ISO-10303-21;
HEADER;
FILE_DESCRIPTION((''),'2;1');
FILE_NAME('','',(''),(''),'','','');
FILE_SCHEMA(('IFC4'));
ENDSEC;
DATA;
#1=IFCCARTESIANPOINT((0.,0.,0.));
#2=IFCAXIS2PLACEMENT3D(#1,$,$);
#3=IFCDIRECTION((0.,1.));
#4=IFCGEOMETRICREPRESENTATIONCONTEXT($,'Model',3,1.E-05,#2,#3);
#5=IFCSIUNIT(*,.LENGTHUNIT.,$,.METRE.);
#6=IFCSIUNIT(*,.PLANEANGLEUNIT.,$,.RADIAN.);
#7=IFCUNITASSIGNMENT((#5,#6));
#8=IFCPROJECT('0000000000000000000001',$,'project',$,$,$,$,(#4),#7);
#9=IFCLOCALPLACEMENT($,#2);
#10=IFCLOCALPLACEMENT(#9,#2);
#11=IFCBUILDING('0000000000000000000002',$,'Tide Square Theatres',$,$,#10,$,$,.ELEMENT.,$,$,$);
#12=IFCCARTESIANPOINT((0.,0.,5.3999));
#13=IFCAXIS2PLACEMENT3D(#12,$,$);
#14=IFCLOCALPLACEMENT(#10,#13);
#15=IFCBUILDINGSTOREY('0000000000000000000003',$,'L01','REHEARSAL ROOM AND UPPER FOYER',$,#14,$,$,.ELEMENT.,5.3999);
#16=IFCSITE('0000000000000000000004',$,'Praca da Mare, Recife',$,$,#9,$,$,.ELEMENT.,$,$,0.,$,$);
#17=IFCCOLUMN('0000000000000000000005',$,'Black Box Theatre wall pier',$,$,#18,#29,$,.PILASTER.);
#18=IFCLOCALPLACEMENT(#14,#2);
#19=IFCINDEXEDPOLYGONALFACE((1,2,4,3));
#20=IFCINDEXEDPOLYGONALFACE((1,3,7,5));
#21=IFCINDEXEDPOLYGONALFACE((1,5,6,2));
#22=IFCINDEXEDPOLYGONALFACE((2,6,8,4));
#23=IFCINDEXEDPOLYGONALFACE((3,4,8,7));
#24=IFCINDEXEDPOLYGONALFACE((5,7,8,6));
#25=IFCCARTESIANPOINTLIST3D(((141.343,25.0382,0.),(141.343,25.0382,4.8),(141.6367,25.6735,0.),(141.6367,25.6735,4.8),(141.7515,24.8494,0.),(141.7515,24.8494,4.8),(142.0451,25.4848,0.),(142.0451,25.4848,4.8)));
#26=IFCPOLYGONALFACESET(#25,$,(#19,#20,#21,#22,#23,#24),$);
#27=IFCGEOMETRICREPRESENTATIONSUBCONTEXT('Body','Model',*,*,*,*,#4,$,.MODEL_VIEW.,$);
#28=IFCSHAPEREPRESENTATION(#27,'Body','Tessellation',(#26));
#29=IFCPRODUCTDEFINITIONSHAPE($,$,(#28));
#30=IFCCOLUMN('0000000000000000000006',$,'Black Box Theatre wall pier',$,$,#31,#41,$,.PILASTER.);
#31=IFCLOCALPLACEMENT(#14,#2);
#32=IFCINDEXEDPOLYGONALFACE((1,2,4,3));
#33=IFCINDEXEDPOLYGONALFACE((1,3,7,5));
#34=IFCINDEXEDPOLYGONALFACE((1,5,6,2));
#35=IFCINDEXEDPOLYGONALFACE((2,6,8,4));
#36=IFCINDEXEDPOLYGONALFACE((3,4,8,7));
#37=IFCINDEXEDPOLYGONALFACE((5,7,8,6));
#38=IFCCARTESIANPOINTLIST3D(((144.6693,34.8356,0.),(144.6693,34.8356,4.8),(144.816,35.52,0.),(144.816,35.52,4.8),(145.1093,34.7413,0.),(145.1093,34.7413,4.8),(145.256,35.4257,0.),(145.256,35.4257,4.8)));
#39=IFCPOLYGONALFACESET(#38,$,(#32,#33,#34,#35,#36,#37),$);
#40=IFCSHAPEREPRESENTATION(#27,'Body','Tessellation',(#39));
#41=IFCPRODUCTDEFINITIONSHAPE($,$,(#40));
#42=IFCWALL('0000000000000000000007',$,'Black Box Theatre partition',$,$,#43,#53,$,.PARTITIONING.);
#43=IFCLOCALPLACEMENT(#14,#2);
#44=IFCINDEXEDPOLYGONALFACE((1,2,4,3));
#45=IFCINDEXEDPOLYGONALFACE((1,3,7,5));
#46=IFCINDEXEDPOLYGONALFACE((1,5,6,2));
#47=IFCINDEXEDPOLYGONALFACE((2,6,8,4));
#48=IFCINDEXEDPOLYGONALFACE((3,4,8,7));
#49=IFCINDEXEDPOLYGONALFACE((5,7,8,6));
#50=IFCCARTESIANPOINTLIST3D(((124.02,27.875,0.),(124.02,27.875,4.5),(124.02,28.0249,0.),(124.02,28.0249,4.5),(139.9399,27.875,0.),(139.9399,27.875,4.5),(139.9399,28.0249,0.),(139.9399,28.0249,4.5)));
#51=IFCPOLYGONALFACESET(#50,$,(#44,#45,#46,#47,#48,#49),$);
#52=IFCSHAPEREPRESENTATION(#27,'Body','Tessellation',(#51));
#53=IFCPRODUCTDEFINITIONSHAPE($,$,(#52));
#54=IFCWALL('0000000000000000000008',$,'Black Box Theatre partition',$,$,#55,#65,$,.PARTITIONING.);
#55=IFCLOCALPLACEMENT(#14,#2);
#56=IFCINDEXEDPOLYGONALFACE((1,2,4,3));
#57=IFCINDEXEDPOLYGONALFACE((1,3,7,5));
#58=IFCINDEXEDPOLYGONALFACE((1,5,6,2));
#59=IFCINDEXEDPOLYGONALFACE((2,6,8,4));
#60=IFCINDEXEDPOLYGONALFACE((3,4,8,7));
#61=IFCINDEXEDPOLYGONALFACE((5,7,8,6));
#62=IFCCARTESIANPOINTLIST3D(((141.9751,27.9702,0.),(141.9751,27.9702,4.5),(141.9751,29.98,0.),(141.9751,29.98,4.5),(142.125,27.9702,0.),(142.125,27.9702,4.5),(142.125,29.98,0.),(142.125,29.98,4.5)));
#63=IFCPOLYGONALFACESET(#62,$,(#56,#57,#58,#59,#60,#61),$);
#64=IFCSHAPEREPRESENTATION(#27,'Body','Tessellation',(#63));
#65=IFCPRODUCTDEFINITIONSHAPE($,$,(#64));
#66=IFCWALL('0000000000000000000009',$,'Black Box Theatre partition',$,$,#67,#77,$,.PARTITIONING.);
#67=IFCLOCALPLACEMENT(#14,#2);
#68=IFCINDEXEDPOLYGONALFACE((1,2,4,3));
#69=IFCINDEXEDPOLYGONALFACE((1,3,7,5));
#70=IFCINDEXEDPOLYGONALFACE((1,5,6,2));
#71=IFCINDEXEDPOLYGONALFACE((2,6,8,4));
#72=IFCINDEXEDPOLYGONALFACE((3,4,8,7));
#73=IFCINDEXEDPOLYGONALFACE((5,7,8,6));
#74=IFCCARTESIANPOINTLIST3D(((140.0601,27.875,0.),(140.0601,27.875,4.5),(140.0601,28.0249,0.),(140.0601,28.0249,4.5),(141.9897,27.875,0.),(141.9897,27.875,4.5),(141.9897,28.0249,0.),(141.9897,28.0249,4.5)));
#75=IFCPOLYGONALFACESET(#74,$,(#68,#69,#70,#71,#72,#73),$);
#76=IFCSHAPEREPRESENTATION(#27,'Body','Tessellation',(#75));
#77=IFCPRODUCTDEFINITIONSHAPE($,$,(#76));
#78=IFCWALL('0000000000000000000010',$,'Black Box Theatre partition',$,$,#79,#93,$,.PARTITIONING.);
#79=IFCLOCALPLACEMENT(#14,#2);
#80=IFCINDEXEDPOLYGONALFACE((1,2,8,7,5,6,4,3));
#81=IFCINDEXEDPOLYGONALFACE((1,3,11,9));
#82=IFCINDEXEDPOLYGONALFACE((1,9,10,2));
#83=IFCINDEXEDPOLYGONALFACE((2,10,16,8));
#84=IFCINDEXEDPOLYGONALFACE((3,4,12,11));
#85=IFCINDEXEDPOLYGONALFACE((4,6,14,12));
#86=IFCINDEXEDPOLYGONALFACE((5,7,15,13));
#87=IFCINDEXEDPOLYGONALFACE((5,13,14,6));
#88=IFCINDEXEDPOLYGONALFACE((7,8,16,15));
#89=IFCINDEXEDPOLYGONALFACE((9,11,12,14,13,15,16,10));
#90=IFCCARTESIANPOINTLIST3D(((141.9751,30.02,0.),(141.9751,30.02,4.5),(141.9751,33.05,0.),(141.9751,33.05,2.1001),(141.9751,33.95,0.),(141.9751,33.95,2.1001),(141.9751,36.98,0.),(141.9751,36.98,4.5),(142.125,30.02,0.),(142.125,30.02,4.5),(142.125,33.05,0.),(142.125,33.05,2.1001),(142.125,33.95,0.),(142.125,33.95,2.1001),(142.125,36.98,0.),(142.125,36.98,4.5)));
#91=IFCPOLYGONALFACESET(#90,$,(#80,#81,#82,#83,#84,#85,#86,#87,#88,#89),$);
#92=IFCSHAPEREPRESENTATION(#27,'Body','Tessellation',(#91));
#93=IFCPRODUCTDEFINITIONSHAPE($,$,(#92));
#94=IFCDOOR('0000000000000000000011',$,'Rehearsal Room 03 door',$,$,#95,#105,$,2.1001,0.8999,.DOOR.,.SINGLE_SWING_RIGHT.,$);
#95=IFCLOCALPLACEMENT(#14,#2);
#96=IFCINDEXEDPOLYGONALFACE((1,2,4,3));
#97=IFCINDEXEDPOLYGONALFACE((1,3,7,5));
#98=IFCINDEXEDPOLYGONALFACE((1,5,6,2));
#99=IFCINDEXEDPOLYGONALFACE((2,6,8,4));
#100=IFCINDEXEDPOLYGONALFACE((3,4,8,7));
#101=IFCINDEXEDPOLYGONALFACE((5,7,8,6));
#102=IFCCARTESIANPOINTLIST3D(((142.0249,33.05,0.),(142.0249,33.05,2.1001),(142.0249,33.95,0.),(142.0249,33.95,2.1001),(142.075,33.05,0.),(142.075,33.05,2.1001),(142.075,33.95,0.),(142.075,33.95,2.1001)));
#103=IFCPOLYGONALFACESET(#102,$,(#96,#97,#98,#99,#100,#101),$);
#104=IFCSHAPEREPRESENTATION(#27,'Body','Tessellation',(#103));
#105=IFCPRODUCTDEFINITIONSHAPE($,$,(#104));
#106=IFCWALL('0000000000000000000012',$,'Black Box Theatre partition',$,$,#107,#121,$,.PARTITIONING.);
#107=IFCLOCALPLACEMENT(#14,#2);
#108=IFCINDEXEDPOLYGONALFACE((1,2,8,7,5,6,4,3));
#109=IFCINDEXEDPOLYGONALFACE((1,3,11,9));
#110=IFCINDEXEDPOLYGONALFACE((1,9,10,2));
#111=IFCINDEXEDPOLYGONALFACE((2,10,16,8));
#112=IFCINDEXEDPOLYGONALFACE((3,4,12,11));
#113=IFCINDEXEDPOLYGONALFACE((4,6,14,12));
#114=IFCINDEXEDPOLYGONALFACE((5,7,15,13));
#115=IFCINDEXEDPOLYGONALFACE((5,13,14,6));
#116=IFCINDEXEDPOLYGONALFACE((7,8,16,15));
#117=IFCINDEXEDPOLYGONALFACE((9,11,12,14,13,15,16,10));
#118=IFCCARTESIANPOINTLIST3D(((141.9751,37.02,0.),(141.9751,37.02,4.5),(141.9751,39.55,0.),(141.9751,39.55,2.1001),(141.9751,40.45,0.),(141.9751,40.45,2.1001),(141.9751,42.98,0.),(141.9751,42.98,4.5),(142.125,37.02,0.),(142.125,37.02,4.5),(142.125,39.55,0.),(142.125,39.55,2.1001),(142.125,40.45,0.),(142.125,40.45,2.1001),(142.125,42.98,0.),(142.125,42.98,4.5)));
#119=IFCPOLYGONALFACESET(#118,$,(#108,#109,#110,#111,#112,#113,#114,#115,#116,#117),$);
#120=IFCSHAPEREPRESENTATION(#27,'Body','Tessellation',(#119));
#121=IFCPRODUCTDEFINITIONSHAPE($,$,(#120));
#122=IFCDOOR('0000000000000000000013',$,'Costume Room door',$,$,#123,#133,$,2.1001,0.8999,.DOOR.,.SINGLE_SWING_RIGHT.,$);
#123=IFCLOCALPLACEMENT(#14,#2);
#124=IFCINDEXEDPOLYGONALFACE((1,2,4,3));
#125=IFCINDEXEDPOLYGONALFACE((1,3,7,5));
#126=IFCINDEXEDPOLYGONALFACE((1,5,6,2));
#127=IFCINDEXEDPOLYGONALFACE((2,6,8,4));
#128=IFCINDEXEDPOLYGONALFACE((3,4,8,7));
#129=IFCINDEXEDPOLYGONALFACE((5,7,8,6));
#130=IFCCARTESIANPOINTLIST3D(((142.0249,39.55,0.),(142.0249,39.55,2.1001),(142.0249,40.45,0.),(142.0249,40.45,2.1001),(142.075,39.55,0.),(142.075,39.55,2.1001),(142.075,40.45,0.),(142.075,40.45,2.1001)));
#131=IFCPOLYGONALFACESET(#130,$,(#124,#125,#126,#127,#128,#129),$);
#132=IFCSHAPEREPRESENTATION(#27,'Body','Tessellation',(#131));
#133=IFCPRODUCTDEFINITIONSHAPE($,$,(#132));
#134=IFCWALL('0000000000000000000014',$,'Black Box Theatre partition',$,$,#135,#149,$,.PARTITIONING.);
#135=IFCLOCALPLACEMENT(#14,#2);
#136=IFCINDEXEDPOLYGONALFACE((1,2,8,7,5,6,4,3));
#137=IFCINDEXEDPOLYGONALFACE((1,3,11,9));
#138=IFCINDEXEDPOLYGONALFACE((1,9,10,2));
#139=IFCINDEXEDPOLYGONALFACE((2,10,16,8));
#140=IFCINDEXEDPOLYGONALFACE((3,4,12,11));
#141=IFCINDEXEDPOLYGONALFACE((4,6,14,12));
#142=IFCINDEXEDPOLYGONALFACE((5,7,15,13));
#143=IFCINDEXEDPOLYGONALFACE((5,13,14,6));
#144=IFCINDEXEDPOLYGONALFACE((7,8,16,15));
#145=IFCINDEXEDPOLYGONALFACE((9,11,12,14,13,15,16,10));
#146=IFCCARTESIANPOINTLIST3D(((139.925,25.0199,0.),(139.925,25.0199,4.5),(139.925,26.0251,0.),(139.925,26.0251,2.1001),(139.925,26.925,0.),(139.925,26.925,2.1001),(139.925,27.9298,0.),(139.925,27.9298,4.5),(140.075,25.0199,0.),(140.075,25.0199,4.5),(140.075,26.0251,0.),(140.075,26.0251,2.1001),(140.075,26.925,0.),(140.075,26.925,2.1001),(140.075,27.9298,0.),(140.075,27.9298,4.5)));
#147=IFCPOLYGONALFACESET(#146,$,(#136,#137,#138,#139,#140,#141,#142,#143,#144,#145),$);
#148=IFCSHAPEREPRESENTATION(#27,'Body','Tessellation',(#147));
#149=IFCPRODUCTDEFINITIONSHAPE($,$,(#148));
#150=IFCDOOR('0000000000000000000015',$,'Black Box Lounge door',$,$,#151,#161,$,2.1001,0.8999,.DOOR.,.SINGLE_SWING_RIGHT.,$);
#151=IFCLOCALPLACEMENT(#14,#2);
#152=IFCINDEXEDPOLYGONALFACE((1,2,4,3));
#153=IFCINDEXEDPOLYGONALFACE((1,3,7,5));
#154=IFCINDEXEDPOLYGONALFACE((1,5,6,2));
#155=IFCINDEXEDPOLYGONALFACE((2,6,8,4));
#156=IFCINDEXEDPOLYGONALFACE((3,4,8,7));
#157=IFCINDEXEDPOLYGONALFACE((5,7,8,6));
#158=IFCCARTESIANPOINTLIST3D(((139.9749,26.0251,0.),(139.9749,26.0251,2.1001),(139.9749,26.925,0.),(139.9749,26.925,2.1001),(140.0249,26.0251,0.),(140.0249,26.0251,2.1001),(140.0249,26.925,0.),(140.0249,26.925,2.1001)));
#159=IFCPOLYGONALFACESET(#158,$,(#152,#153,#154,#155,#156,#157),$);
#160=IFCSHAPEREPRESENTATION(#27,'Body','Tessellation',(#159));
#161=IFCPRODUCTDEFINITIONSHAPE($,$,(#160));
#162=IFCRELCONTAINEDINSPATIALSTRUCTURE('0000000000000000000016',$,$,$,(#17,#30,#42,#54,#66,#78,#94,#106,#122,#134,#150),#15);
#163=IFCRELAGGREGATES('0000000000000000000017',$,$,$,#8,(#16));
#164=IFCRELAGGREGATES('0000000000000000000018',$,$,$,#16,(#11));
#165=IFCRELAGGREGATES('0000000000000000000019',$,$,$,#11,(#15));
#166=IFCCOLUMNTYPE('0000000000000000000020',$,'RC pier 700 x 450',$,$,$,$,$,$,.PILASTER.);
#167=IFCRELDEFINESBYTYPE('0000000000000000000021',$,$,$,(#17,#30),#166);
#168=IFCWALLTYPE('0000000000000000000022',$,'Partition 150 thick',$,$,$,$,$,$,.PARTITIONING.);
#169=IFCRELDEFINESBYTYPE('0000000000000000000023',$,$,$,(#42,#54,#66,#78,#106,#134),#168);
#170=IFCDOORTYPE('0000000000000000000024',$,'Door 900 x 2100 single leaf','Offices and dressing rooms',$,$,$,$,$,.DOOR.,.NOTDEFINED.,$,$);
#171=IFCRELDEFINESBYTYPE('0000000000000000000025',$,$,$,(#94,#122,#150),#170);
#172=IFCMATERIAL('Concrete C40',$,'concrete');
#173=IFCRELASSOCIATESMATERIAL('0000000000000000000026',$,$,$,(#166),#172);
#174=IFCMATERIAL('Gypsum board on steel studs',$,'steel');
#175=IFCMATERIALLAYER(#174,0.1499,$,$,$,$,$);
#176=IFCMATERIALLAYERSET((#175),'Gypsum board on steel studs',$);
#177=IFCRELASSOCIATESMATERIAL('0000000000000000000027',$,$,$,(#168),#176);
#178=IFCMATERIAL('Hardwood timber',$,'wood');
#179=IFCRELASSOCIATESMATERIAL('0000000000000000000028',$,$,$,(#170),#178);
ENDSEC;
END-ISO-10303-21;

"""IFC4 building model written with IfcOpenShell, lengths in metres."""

from ifc_helpers import new_model, si_unit, direction, frame, frame_2d, origin, origin_2d, place, context, subcontext, project, spatial, rectangle, extrude, material, layer, layer_set, material_profile, profile_set, type_object, element, fill, save


model = new_model("IFC4")

# Units and contexts
model_context = context("Model", 3, precision=1e-05, world=origin(), true_north=direction((0.0, 1.0)))
body_context = subcontext(model_context, "Body", "Model", "MODEL_VIEW")
ifc_project = project(units=[si_unit("LENGTHUNIT", "METRE"), si_unit("PLANEANGLEUNIT", "RADIAN")], contexts=[model_context])

# Site, building, storey
site_placement = place(None, origin())
site = spatial("IfcSite", under=ifc_project, at=site_placement, Name="Praca da Mare, Recife", CompositionType="ELEMENT", RefElevation=0.0)
building_placement = place(site_placement, origin())
building = spatial("IfcBuilding", under=site, at=building_placement, Name="Tide Square Theatres", CompositionType="ELEMENT")
storey_placement = place(building_placement, frame((0.0, 0.0, 5.3999)))
storey = spatial("IfcBuildingStorey", under=building, at=storey_placement, Name="L01", Description="REHEARSAL ROOM AND UPPER FOYER", CompositionType="ELEMENT", Elevation=5.3999)

# Columns
ifc_material_1 = material(Name="Concrete C40", Category="concrete")
ifc_material_profile = material_profile(ifc_material_1, rectangle(XDim=0.7, YDim=0.45, at=origin_2d()))
ifc_profile_set = profile_set([ifc_material_profile], Name="Concrete C40")
column_type = type_object("IfcColumnType", Name="RC pier 700 x 450", PredefinedType="PILASTER", material=ifc_profile_set)
for number, where, z_axis, x_axis, name in (
    (1, (141.6941, 25.2615, 0.0), (0.0, 0.0, 1.0), (0.41956, 0.907728, 0.0), "Black Box Theatre wall pier"),
    (2, (144.9626, 35.1306, 0.0), (0.0, 0.0, 1.0), (0.209561, 0.977796, 0.0), "Black Box Theatre wall pier"),
):
    element("IfcColumn", number, at=place(storey_placement, frame(where, z_axis=z_axis, x_axis=x_axis)), inside=storey, type_object=column_type, Name=name, PredefinedType="PILASTER", context=body_context, shape_type="SweptSolid", body=[
        extrude(rectangle(XDim=0.7, YDim=0.45, at=origin_2d()), origin(), (0.0, 0.0, 1.0), 4.8),
    ])

# Walls
ifc_material_2 = material(Name="Gypsum board on steel studs", Category="steel")
ifc_layer_1 = layer(ifc_material_2, 0.1499)
ifc_layer_set_1 = layer_set([ifc_layer_1], Name="Gypsum board on steel studs")
wall_type_1 = type_object("IfcWallType", Name="Partition 150 thick", PredefinedType="PARTITIONING", material=ifc_layer_set_1)
wall_1_placement = place(storey_placement, frame((139.9399, 27.95, 0.0), z_axis=(0.0, 0.0, 1.0), x_axis=(-1.0, 0.0, 0.0)))
element("IfcWall", 3, at=wall_1_placement, inside=storey, type_object=wall_type_1, Name="Black Box Theatre partition", PredefinedType="PARTITIONING", context=body_context, shape_type="SweptSolid", body=[
    extrude(rectangle(XDim=15.9199, YDim=0.1499, at=frame_2d((7.96, 0.0))), origin(), (0.0, 0.0, 1.0), 4.5),
])
wall_2_placement = place(storey_placement, frame((142.05, 29.98, 0.0), z_axis=(0.0, 0.0, 1.0), x_axis=(0.0, -1.0, 0.0)))
element("IfcWall", 4, at=wall_2_placement, inside=storey, type_object=wall_type_1, Name="Black Box Theatre partition", PredefinedType="PARTITIONING", context=body_context, shape_type="SweptSolid", body=[
    extrude(rectangle(XDim=2.0098, YDim=0.1499, at=frame_2d((1.0049, 0.0))), origin(), (0.0, 0.0, 1.0), 4.5),
])
wall_3_placement = place(storey_placement, frame((141.9897, 27.95, 0.0), z_axis=(0.0, 0.0, 1.0), x_axis=(-1.0, 0.0, 0.0)))
element("IfcWall", 5, at=wall_3_placement, inside=storey, type_object=wall_type_1, Name="Black Box Theatre partition", PredefinedType="PARTITIONING", context=body_context, shape_type="SweptSolid", body=[
    extrude(rectangle(XDim=1.9297, YDim=0.1499, at=frame_2d((0.9648, 0.0))), origin(), (0.0, 0.0, 1.0), 4.5),
])

# Walls, openings, doors
wall_4_placement = place(storey_placement, frame((142.05, 36.98, 0.0), z_axis=(0.0, 0.0, 1.0), x_axis=(0.0, -1.0, 0.0)))
wall_4 = element("IfcWall", 6, at=wall_4_placement, inside=storey, type_object=wall_type_1, Name="Black Box Theatre partition", PredefinedType="PARTITIONING", context=body_context, shape_type="SweptSolid", body=[
    extrude(rectangle(XDim=6.96, YDim=0.1499, at=frame_2d((3.48, 0.0))), origin(), (0.0, 0.0, 1.0), 4.5),
])
opening_1_placement = place(wall_4_placement, frame((3.03, 0.0, 0.0)))
opening_1 = element("IfcOpeningElement", 7, at=opening_1_placement, cuts=wall_4, PredefinedType="OPENING", context=body_context, shape_type="SweptSolid", body=[
    extrude(rectangle(XDim=0.8999, YDim=2.1001, at=frame_2d((0.45, 1.05))), frame((0.0, 0.085, 0.0), z_axis=(0.0, -1.0, 0.0), x_axis=(1.0, 0.0, 0.0)), (0.0, 0.0, 1.0), 0.1699),
])
ifc_material_3 = material(Name="Hardwood timber", Category="wood")
door_type = type_object("IfcDoorType", Name="Door 900 x 2100 single leaf", Description="Offices and dressing rooms", OperationType="NOTDEFINED", PredefinedType="DOOR", material=ifc_material_3)
door_1_placement = place(opening_1_placement, origin())
door_1 = element("IfcDoor", 8, at=door_1_placement, inside=storey, type_object=door_type, Name="Rehearsal Room 03 door", OperationType="SINGLE_SWING_RIGHT", OverallHeight=2.1001, OverallWidth=0.8999, PredefinedType="DOOR", context=body_context, shape_type="SweptSolid", body=[
    extrude(rectangle(XDim=0.8999, YDim=2.1001, at=frame_2d((0.45, 1.05))), frame((0.0, 0.0249, 0.0), z_axis=(0.0, -1.0, 0.0), x_axis=(1.0, 0.0, 0.0)), (0.0, 0.0, 1.0), 0.05),
])
fill(opening_1, door_1)
wall_5_placement = place(storey_placement, frame((142.05, 42.98, 0.0), z_axis=(0.0, 0.0, 1.0), x_axis=(0.0, -1.0, 0.0)))
wall_5 = element("IfcWall", 9, at=wall_5_placement, inside=storey, type_object=wall_type_1, Name="Black Box Theatre partition", PredefinedType="PARTITIONING", context=body_context, shape_type="SweptSolid", body=[
    extrude(rectangle(XDim=5.96, YDim=0.1499, at=frame_2d((2.98, 0.0))), origin(), (0.0, 0.0, 1.0), 4.5),
])
opening_2_placement = place(wall_5_placement, frame((2.53, 0.0, 0.0)))
opening_2 = element("IfcOpeningElement", 10, at=opening_2_placement, cuts=wall_5, PredefinedType="OPENING", context=body_context, shape_type="SweptSolid", body=[
    extrude(rectangle(XDim=0.8999, YDim=2.1001, at=frame_2d((0.45, 1.05))), frame((0.0, 0.085, 0.0), z_axis=(0.0, -1.0, 0.0), x_axis=(1.0, 0.0, 0.0)), (0.0, 0.0, 1.0), 0.1699),
])
door_2_placement = place(opening_2_placement, origin())
door_2 = element("IfcDoor", 11, at=door_2_placement, inside=storey, type_object=door_type, Name="Costume Room door", OperationType="SINGLE_SWING_RIGHT", OverallHeight=2.1001, OverallWidth=0.8999, PredefinedType="DOOR", context=body_context, shape_type="SweptSolid", body=[
    extrude(rectangle(XDim=0.8999, YDim=2.1001, at=frame_2d((0.45, 1.05))), frame((0.0, 0.0249, 0.0), z_axis=(0.0, -1.0, 0.0), x_axis=(1.0, 0.0, 0.0)), (0.0, 0.0, 1.0), 0.05),
])
fill(opening_2, door_2)
wall_6_placement = place(storey_placement, frame((140.0, 27.9299, 0.0), z_axis=(0.0, 0.0, 1.0), x_axis=(0.0, -1.0, 0.0)))
wall_6 = element("IfcWall", 12, at=wall_6_placement, inside=storey, type_object=wall_type_1, Name="Black Box Theatre partition", PredefinedType="PARTITIONING", context=body_context, shape_type="SweptSolid", body=[
    extrude(rectangle(XDim=2.9099, YDim=0.1499, at=frame_2d((1.4551, 0.0))), origin(), (0.0, 0.0, 1.0), 4.5),
])
opening_3_placement = place(wall_6_placement, frame((1.0049, 0.0, 0.0)))
opening_3 = element("IfcOpeningElement", 13, at=opening_3_placement, cuts=wall_6, PredefinedType="OPENING", context=body_context, shape_type="SweptSolid", body=[
    extrude(rectangle(XDim=0.8999, YDim=2.1001, at=frame_2d((0.45, 1.05))), frame((0.0, 0.085, 0.0), z_axis=(0.0, -1.0, 0.0), x_axis=(1.0, 0.0, 0.0)), (0.0, 0.0, 1.0), 0.1699),
])
door_3_placement = place(opening_3_placement, origin())
door_3 = element("IfcDoor", 14, at=door_3_placement, inside=storey, type_object=door_type, Name="Black Box Lounge door", OperationType="SINGLE_SWING_RIGHT", OverallHeight=2.1001, OverallWidth=0.8999, PredefinedType="DOOR", context=body_context, shape_type="SweptSolid", body=[
    extrude(rectangle(XDim=0.8999, YDim=2.1001, at=frame_2d((0.45, 1.05))), frame((0.0, 0.0249, 0.0), z_axis=(0.0, -1.0, 0.0), x_axis=(1.0, 0.0, 0.0)), (0.0, 0.0, 1.0), 0.05),
])
fill(opening_3, door_3)

save(model, "model.ifc")
